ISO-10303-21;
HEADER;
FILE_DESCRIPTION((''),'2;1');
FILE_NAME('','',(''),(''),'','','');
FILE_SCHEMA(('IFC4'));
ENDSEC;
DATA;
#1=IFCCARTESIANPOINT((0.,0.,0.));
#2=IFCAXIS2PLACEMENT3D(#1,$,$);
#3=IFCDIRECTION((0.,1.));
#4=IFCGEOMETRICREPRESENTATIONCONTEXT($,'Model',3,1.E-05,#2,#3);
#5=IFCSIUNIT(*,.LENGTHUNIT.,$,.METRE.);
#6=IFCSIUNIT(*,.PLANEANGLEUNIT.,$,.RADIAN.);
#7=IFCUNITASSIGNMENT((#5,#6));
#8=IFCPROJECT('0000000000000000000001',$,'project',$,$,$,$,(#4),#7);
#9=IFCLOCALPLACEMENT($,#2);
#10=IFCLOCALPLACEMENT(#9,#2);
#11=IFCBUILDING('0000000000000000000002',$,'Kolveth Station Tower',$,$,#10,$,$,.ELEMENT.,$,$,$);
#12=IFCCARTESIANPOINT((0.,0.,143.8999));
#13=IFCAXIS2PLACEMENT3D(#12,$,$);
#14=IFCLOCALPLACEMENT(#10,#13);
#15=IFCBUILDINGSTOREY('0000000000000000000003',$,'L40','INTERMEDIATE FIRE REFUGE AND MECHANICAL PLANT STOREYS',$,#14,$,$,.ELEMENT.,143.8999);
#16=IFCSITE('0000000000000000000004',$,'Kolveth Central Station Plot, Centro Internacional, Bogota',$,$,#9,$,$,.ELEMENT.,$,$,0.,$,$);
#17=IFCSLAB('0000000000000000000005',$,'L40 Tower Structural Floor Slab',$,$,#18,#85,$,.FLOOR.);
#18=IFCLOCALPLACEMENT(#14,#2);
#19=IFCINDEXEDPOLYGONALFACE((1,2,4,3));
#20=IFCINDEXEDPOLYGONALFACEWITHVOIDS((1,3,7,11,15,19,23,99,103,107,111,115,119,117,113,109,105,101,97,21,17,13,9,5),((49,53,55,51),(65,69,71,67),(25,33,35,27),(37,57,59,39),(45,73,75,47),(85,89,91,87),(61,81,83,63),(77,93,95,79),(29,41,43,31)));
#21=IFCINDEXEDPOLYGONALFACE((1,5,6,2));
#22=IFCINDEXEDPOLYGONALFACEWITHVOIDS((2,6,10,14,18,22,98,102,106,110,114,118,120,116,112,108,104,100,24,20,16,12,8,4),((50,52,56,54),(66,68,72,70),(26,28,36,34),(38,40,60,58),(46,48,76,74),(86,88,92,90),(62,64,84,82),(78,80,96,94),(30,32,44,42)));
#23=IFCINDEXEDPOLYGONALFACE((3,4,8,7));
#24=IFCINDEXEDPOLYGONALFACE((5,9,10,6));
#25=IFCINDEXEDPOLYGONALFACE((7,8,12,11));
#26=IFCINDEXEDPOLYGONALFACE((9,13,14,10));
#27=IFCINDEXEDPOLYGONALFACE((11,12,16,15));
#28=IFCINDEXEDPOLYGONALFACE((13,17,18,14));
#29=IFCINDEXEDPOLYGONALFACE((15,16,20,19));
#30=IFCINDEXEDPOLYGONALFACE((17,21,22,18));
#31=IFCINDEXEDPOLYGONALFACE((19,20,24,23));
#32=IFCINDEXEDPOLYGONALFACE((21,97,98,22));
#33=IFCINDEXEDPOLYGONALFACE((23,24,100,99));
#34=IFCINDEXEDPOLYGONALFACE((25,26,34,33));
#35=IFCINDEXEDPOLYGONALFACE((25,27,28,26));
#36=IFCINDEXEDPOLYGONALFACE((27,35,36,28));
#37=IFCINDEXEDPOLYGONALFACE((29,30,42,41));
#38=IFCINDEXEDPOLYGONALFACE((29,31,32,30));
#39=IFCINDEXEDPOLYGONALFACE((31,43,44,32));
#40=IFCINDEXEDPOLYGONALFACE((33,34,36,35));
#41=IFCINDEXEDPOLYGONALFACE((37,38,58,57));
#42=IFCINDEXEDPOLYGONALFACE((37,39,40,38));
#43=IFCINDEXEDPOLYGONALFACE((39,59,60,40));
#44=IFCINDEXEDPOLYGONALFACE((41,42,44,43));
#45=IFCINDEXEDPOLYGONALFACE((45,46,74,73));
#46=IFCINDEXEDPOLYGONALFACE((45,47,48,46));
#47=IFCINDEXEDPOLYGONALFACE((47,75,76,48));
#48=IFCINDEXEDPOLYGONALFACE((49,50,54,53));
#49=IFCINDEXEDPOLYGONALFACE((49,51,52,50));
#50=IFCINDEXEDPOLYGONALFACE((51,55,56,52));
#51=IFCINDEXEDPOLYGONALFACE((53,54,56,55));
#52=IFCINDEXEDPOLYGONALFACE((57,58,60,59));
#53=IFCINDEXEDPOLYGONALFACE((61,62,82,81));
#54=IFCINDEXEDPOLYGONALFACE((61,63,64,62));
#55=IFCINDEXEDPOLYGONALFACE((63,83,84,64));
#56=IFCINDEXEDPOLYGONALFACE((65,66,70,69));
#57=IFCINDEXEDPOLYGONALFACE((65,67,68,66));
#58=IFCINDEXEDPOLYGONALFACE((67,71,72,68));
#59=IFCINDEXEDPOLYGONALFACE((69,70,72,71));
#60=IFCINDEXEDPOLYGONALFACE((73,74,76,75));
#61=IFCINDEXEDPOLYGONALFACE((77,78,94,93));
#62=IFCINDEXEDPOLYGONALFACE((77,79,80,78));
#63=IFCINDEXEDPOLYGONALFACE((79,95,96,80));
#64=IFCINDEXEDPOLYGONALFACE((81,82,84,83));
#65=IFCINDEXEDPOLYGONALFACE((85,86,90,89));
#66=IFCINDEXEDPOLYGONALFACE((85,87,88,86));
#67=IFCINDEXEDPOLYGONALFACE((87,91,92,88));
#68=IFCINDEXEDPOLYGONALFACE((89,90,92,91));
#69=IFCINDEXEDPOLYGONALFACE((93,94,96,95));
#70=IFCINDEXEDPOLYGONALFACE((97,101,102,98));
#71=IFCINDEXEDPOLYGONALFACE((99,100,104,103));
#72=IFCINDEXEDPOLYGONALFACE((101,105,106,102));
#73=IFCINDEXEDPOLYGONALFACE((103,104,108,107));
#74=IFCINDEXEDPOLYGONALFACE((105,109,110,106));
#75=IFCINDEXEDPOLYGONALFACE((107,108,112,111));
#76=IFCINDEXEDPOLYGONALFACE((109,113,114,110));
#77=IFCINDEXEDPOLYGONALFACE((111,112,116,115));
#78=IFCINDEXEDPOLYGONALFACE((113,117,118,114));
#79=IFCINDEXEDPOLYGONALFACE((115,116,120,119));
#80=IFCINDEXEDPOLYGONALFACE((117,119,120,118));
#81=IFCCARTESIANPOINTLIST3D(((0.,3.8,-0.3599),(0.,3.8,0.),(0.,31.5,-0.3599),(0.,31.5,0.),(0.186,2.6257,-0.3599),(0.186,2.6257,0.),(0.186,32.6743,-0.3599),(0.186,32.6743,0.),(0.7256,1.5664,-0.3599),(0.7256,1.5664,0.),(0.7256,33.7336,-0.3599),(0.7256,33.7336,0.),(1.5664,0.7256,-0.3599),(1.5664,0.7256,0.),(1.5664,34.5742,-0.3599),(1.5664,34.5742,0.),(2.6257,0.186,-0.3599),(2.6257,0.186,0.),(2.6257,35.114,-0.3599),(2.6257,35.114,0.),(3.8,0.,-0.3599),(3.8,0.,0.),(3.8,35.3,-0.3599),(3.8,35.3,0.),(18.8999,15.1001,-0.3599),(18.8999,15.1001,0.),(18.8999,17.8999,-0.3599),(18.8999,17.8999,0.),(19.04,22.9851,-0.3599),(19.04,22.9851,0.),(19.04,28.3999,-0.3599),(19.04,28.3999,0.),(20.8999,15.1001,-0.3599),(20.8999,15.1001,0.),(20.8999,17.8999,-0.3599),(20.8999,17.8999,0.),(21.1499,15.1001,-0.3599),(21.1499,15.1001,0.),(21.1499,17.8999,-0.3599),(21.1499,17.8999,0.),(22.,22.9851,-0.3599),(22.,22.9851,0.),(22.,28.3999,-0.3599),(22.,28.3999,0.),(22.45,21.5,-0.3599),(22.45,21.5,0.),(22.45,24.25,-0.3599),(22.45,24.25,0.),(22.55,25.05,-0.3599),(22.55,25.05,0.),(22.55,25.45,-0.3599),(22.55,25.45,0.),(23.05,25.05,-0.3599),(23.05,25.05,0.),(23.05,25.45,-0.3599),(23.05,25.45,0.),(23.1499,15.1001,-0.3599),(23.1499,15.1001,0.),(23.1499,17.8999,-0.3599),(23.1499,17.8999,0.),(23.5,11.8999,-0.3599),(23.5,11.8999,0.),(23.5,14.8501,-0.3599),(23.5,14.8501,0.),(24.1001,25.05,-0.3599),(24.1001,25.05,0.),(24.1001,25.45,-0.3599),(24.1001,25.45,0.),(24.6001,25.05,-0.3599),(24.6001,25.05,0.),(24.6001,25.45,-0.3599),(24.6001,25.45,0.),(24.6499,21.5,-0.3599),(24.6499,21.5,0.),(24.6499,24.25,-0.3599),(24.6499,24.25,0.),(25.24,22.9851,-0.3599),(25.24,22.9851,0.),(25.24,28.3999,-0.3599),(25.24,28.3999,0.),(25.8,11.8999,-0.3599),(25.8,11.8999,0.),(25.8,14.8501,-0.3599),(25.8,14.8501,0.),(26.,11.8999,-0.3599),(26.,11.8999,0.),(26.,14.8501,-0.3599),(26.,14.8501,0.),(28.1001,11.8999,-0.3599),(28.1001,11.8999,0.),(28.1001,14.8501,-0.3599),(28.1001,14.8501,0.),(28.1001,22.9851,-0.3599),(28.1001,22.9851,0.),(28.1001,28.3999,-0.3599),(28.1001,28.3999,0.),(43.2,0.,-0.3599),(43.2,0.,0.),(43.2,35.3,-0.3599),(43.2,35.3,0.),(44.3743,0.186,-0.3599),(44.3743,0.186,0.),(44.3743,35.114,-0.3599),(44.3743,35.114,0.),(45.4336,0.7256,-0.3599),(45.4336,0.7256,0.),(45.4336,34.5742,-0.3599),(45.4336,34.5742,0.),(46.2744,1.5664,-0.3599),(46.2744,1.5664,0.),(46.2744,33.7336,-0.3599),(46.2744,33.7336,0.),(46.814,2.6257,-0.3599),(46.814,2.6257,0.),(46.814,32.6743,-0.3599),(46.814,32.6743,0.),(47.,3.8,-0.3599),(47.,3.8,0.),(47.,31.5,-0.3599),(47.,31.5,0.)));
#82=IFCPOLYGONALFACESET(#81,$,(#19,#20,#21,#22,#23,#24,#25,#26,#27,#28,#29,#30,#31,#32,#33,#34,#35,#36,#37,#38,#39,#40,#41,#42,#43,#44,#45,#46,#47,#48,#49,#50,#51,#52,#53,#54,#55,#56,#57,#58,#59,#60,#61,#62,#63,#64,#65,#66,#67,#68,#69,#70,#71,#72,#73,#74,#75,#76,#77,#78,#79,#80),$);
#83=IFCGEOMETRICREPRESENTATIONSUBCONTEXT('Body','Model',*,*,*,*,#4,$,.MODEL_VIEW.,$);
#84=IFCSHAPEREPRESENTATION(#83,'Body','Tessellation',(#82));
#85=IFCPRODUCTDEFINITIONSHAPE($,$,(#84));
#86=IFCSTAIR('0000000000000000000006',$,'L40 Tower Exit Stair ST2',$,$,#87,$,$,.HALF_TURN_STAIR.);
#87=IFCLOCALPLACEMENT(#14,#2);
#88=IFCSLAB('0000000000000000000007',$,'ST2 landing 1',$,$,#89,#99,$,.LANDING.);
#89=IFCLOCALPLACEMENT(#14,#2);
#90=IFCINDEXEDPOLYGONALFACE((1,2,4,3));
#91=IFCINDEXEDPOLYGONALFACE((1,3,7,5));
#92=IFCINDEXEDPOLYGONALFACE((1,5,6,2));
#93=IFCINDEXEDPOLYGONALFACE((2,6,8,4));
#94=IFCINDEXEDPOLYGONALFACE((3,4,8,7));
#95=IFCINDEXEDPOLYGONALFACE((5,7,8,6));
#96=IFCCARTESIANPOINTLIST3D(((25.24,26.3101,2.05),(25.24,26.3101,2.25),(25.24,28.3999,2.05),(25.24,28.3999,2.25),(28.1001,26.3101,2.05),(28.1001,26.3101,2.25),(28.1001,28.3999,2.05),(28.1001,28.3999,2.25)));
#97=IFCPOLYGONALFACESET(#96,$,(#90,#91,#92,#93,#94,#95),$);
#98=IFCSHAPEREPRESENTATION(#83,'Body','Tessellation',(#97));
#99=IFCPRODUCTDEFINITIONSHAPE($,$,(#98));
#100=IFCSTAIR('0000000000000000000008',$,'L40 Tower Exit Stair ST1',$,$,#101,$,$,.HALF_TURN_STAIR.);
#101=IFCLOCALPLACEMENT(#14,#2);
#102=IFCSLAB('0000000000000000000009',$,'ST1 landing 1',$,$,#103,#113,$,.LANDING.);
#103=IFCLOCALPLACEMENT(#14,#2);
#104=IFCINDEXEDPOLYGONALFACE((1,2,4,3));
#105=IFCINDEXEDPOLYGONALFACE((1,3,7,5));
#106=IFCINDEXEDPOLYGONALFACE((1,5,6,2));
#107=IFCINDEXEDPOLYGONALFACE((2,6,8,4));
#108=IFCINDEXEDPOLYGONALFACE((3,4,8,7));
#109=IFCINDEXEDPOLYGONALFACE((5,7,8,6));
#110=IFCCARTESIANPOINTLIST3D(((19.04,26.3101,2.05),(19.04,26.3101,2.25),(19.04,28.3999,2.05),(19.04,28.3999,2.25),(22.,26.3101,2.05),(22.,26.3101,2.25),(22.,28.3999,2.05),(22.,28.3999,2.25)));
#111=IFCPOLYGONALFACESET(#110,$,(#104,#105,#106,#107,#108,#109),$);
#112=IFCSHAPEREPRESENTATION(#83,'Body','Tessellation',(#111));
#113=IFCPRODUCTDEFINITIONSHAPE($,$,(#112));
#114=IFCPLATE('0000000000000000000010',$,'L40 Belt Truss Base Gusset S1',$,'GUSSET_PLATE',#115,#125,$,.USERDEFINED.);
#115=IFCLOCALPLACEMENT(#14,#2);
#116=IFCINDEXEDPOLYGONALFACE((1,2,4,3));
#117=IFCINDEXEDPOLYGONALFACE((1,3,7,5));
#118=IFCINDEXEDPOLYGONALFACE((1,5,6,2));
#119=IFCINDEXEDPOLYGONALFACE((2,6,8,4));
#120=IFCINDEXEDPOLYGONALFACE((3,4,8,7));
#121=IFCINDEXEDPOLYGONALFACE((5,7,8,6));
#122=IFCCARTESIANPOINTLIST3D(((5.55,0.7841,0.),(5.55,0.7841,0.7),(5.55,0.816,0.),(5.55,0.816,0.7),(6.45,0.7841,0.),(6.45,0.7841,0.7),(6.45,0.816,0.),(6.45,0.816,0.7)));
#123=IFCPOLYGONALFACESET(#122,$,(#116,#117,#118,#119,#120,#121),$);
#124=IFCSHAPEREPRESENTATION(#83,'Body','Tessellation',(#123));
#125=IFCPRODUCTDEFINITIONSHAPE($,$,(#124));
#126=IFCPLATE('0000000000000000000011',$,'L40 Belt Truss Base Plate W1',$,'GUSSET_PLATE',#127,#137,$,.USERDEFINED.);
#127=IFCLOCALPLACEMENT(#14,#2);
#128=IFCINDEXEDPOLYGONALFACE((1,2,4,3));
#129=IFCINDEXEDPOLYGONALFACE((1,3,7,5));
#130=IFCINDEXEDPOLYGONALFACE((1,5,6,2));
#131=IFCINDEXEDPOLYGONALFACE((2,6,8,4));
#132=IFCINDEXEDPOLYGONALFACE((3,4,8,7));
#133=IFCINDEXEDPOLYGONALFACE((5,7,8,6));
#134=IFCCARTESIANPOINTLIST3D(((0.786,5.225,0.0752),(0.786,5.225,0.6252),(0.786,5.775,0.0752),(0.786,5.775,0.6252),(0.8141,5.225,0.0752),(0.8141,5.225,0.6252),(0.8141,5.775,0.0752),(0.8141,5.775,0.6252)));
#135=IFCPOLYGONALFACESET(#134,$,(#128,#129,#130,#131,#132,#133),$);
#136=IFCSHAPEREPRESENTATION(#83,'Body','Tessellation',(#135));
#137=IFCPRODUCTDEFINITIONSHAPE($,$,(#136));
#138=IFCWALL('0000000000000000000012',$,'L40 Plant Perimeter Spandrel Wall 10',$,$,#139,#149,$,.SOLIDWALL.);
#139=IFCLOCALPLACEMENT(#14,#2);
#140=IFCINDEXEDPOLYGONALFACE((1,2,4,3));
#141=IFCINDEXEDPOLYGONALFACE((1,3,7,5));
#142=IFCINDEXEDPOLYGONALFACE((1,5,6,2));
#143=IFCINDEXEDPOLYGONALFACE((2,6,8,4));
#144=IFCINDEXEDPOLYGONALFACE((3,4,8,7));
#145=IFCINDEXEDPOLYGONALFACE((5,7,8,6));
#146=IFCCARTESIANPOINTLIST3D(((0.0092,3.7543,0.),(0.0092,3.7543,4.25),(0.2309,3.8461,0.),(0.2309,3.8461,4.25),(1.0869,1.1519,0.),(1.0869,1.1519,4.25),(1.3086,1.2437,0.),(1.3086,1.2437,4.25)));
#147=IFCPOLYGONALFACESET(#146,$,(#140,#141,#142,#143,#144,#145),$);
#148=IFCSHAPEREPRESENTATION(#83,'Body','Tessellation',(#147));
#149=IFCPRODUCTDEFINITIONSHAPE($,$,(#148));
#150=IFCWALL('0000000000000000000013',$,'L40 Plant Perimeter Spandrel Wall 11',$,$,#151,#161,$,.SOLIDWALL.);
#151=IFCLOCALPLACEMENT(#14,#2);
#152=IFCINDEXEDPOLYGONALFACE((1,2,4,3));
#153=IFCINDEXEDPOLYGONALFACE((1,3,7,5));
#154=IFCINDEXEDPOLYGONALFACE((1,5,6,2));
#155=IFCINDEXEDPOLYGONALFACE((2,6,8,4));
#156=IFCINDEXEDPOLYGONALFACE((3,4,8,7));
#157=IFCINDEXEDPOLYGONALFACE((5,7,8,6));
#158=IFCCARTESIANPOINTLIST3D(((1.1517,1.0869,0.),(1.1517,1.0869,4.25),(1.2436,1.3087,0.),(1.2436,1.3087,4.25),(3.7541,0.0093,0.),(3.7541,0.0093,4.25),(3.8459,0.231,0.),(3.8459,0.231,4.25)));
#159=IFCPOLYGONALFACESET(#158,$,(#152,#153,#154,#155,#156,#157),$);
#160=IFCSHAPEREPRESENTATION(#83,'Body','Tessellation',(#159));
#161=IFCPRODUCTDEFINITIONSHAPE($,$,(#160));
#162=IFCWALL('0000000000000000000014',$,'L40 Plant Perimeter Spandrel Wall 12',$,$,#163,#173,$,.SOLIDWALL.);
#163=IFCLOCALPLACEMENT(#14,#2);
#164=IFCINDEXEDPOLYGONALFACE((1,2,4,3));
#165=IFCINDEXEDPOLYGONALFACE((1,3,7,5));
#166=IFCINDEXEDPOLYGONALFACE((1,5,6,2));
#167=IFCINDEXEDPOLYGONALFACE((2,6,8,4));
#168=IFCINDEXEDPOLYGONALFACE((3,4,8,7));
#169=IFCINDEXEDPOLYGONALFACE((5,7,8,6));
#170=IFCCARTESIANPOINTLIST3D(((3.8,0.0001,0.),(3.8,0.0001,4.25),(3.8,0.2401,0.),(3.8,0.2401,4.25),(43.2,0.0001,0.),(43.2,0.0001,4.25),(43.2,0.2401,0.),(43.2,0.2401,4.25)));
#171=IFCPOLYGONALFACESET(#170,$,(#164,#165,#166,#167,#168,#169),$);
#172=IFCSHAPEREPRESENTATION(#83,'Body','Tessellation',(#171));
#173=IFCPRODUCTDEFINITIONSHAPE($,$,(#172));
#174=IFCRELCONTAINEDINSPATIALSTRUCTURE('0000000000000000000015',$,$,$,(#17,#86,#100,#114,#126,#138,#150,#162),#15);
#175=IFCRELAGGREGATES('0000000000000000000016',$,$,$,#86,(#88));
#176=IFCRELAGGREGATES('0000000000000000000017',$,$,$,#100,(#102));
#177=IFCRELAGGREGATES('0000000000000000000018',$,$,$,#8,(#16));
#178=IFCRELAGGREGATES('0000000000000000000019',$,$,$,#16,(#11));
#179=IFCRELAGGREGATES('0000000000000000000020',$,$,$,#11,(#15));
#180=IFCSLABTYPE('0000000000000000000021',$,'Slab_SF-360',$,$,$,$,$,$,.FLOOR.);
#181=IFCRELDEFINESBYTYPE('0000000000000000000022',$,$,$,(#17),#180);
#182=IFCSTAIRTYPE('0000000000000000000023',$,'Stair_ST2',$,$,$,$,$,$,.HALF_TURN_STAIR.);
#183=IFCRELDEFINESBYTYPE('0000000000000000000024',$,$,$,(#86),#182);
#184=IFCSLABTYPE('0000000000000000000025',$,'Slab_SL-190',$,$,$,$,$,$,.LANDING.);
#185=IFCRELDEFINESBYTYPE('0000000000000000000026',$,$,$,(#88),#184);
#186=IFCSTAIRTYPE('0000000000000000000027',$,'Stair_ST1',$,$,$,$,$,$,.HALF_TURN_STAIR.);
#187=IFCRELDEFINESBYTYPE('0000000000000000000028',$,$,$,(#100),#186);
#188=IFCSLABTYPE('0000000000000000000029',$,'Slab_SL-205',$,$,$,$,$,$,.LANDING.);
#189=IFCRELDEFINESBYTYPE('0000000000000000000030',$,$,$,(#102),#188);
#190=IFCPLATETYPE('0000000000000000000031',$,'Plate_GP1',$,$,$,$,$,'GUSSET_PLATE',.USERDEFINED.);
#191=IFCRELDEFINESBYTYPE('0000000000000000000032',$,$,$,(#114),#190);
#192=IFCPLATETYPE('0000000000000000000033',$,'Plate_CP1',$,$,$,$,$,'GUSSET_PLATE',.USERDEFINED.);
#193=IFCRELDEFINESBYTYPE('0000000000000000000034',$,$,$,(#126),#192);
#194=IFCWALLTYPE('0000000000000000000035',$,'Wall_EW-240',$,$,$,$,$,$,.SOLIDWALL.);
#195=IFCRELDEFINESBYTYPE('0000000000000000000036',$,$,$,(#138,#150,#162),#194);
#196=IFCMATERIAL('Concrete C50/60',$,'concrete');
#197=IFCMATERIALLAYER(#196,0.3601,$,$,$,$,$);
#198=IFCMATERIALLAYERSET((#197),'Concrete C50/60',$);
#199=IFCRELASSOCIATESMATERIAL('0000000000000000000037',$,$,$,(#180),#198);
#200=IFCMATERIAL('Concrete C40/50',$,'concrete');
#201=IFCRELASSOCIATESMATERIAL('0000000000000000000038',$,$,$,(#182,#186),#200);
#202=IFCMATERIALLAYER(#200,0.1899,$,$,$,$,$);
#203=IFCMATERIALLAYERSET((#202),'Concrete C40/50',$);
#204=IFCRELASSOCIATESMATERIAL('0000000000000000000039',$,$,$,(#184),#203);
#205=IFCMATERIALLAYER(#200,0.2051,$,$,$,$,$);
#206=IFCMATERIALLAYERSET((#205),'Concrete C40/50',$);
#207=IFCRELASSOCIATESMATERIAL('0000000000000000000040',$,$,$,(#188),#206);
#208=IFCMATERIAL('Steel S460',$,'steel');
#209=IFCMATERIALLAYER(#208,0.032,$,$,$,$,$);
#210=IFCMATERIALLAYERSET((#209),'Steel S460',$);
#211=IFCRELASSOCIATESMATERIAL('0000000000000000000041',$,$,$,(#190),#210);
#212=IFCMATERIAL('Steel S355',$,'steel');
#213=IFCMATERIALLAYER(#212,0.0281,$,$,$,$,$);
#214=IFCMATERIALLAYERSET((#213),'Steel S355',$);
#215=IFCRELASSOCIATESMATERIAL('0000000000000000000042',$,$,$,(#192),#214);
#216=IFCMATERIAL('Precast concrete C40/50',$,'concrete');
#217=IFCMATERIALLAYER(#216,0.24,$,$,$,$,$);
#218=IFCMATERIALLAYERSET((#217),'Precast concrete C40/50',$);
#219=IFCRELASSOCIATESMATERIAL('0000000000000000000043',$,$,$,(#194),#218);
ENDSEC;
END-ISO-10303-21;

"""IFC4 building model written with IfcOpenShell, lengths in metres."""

from ifc_helpers import new_model, si_unit, direction, frame, frame_2d, origin, origin_2d, place, context, subcontext, project, spatial, polyline, rectangle, outline, extrude, source, transform, mapped, material, layer, layer_set, type_object, element, aggregate, save


model = new_model("IFC4")

# Units and contexts
model_context = context("Model", 3, precision=1e-05, world=origin(), true_north=direction((0.0, 1.0)))
body_context = subcontext(model_context, "Body", "Model", "MODEL_VIEW")
ifc_project = project(units=[si_unit("LENGTHUNIT", "METRE"), si_unit("PLANEANGLEUNIT", "RADIAN")], contexts=[model_context])

# Site, building, storey
site_placement = place(None, origin())
site = spatial("IfcSite", under=ifc_project, at=site_placement, Name="Kolveth Central Station Plot, Centro Internacional, Bogota", CompositionType="ELEMENT", RefElevation=0.0)
building_placement = place(site_placement, origin())
building = spatial("IfcBuilding", under=site, at=building_placement, Name="Kolveth Station Tower", CompositionType="ELEMENT")
storey_placement = place(building_placement, frame((0.0, 0.0, 143.8999)))
storey = spatial("IfcBuildingStorey", under=building, at=storey_placement, Name="L40", Description="INTERMEDIATE FIRE REFUGE AND MECHANICAL PLANT STOREYS", CompositionType="ELEMENT", Elevation=143.8999)

# Shared definitions
ifc_material_1 = material(Name="Steel S460", Category="steel")

# Shared definitions
ifc_material_2 = material(Name="Steel S355", Category="steel")

# Slab
ifc_material_3 = material(Name="Concrete C50/60", Category="concrete")
ifc_layer_1 = layer(ifc_material_3, 0.3601)
ifc_layer_set_1 = layer_set([ifc_layer_1], Name="Concrete C50/60")
slab_type_1 = type_object("IfcSlabType", Name="Slab_SF-360", PredefinedType="FLOOR", material=ifc_layer_set_1)
slab_1_placement = place(storey_placement, frame((0.0, 0.0, -0.3599)))
element("IfcSlab", 1, at=slab_1_placement, inside=storey, type_object=slab_type_1, Name="L40 Tower Structural Floor Slab", PredefinedType="FLOOR", context=body_context, shape_type="SweptSolid", body=[
    extrude(outline(polyline([(43.2, 0.0), (44.3743, 0.186), (45.4336, 0.7256), (46.2744, 1.5664), (46.814, 2.6257), (47.0, 3.8), (47.0, 31.5), (46.814, 32.6743), (46.2744, 33.7336), (45.4336, 34.5742), (44.3743, 35.114), (43.2, 35.3), (3.8, 35.3), (2.6257, 35.114), (1.5664, 34.5742), (0.7256, 33.7336), (0.186, 32.6743), (0.0, 31.5), (0.0, 3.8), (0.186, 2.6257), (0.7256, 1.5664), (1.5664, 0.7256), (2.6257, 0.186), (3.8, 0.0), (43.2, 0.0)]), holes=[polyline([(19.04, 22.9851), (22.0, 22.9851), (22.0, 28.3999), (19.04, 28.3999), (19.04, 22.9851)]), polyline([(25.24, 22.9851), (28.1001, 22.9851), (28.1001, 28.3999), (25.24, 28.3999), (25.24, 22.9851)]), polyline([(18.8999, 15.1001), (20.8999, 15.1001), (20.8999, 17.8999), (18.8999, 17.8999), (18.8999, 15.1001)]), polyline([(21.1499, 15.1001), (23.1499, 15.1001), (23.1499, 17.8999), (21.1499, 17.8999), (21.1499, 15.1001)]), polyline([(22.45, 21.5), (24.6499, 21.5), (24.6499, 24.25), (22.45, 24.25), (22.45, 21.5)]), polyline([(23.5, 11.8999), (25.8, 11.8999), (25.8, 14.8501), (23.5, 14.8501), (23.5, 11.8999)]), polyline([(26.0, 11.8999), (28.1001, 11.8999), (28.1001, 14.8501), (26.0, 14.8501), (26.0, 11.8999)]), polyline([(22.55, 25.05), (23.05, 25.05), (23.05, 25.45), (22.55, 25.45), (22.55, 25.05)]), polyline([(24.1001, 25.05), (24.6001, 25.05), (24.6001, 25.45), (24.1001, 25.45), (24.1001, 25.05)])]), origin(), (0.0, 0.0, 1.0), 0.3599),
])

# Stairs, slabs
ifc_material_4 = material(Name="Concrete C40/50", Category="concrete")
stair_type_1 = type_object("IfcStairType", Name="Stair_ST2", PredefinedType="HALF_TURN_STAIR", material=ifc_material_4)
stair_1_placement = place(storey_placement, origin())
stair_1 = element("IfcStair", 2, at=stair_1_placement, inside=storey, type_object=stair_type_1, Name="L40 Tower Exit Stair ST2", PredefinedType="HALF_TURN_STAIR")
ifc_layer_2 = layer(ifc_material_4, 0.1899)
ifc_layer_set_2 = layer_set([ifc_layer_2], Name="Concrete C40/50")
slab_type_2 = type_object("IfcSlabType", Name="Slab_SL-190", PredefinedType="LANDING", material=ifc_layer_set_2)
slab_2_placement = place(storey_placement, frame((0.0, 0.0, 2.05)))
slab_2 = element("IfcSlab", 3, at=slab_2_placement, type_object=slab_type_2, Name="ST2 landing 1", PredefinedType="LANDING", context=body_context, shape_type="SweptSolid", body=[
    extrude(outline(polyline([(28.1001, 26.3101), (28.1001, 28.3999), (25.24, 28.3999), (25.24, 26.3101), (28.1001, 26.3101)])), origin(), (0.0, 0.0, 1.0), 0.2),
])
aggregate(stair_1, [slab_2])
stair_type_2 = type_object("IfcStairType", Name="Stair_ST1", PredefinedType="HALF_TURN_STAIR", material=ifc_material_4)
stair_2_placement = place(storey_placement, origin())
stair_2 = element("IfcStair", 4, at=stair_2_placement, inside=storey, type_object=stair_type_2, Name="L40 Tower Exit Stair ST1", PredefinedType="HALF_TURN_STAIR")
ifc_layer_3 = layer(ifc_material_4, 0.2051)
ifc_layer_set_3 = layer_set([ifc_layer_3], Name="Concrete C40/50")
slab_type_3 = type_object("IfcSlabType", Name="Slab_SL-205", PredefinedType="LANDING", material=ifc_layer_set_3)
slab_3_placement = place(storey_placement, frame((0.0, 0.0, 2.05)))
slab_3 = element("IfcSlab", 5, at=slab_3_placement, type_object=slab_type_3, Name="ST1 landing 1", PredefinedType="LANDING", context=body_context, shape_type="SweptSolid", body=[
    extrude(outline(polyline([(22.0, 26.3101), (22.0, 28.3999), (19.04, 28.3999), (19.04, 26.3101), (22.0, 26.3101)])), origin(), (0.0, 0.0, 1.0), 0.2),
])
aggregate(stair_2, [slab_3])

# Plates
ifc_layer_4 = layer(ifc_material_1, 0.032)
ifc_layer_set_4 = layer_set([ifc_layer_4], Name="Steel S460")
plate_type_1 = type_object("IfcPlateType", Name="Plate_GP1", ElementType="GUSSET_PLATE", PredefinedType="USERDEFINED", material=ifc_layer_set_4)
shared_shape_1 = source(origin(), body_context, "Body", "SweptSolid", [
    extrude(rectangle(XDim=0.8999, YDim=0.032, at=origin_2d()), origin(), (0.0, 0.0, 1.0), 0.7),
])
plate_1_placement = place(storey_placement, frame((6.0, 0.8, 0.0), z_axis=(0.0, 0.0, 1.0), x_axis=(1.0, 0.0, 0.0)))
element("IfcPlate", 6, at=plate_1_placement, inside=storey, type_object=plate_type_1, Name="L40 Belt Truss Base Gusset S1", ObjectType="GUSSET_PLATE", PredefinedType="USERDEFINED", context=body_context, shape_type="MappedRepresentation", body=[
    mapped(shared_shape_1, transform((0.0, 0.0, 0.0), x_axis=(1.0, 0.0, 0.0), y_axis=(0.0, 1.0, 0.0), z_axis=(0.0, 0.0, 1.0), scale=1.0)),
])
ifc_layer_5 = layer(ifc_material_2, 0.0281)
ifc_layer_set_5 = layer_set([ifc_layer_5], Name="Steel S355")
plate_type_2 = type_object("IfcPlateType", Name="Plate_CP1", ElementType="GUSSET_PLATE", PredefinedType="USERDEFINED", material=ifc_layer_set_5)
shared_shape_2 = source(origin(), body_context, "Body", "SweptSolid", [
    extrude(rectangle(XDim=0.0281, YDim=0.55, at=origin_2d()), origin(), (0.0, 0.0, 1.0), 0.55),
])
plate_2_placement = place(storey_placement, frame((0.8, 5.5, 0.0752), z_axis=(0.0, 0.0, 1.0), x_axis=(1.0, 0.0, 0.0)))
element("IfcPlate", 7, at=plate_2_placement, inside=storey, type_object=plate_type_2, Name="L40 Belt Truss Base Plate W1", ObjectType="GUSSET_PLATE", PredefinedType="USERDEFINED", context=body_context, shape_type="MappedRepresentation", body=[
    mapped(shared_shape_2, transform((0.0, 0.0, 0.0), x_axis=(1.0, 0.0, 0.0), y_axis=(0.0, 1.0, 0.0), z_axis=(0.0, 0.0, 1.0), scale=1.0)),
])

# Walls
ifc_material_5 = material(Name="Precast concrete C40/50", Category="concrete")
ifc_layer_6 = layer(ifc_material_5, 0.24)
ifc_layer_set_6 = layer_set([ifc_layer_6], Name="Precast concrete C40/50")
wall_type = type_object("IfcWallType", Name="Wall_EW-240", PredefinedType="SOLIDWALL", material=ifc_layer_set_6)
for number, where, z_axis, x_axis, name in (
    (8, (0.1201, 3.8, 0.0), (0.0, 0.0, 1.0), (0.382602, -0.923913, 0.0), "L40 Plant Perimeter Spandrel Wall 10"),
    (9, (1.1978, 1.1978, 0.0), (0.0, 0.0, 1.0), (0.923913, -0.382602, 0.0), "L40 Plant Perimeter Spandrel Wall 11"),
):
    element("IfcWall", number, at=place(storey_placement, frame(where, z_axis=z_axis, x_axis=x_axis)), inside=storey, type_object=wall_type, Name=name, PredefinedType="SOLIDWALL", context=body_context, shape_type="SweptSolid", body=[
        extrude(rectangle(XDim=2.8167, YDim=0.24, at=frame_2d((1.4082, 0.0))), origin(), (0.0, 0.0, 1.0), 4.25),
    ])
wall_placement = place(storey_placement, frame((3.8, 0.1201, 0.0), z_axis=(0.0, 0.0, 1.0), x_axis=(1.0, 0.0, 0.0)))
element("IfcWall", 10, at=wall_placement, inside=storey, type_object=wall_type, Name="L40 Plant Perimeter Spandrel Wall 12", PredefinedType="SOLIDWALL", context=body_context, shape_type="SweptSolid", body=[
    extrude(rectangle(XDim=39.3999, YDim=0.24, at=frame_2d((19.7, 0.0))), origin(), (0.0, 0.0, 1.0), 4.25),
])

save(model, "model.ifc")
